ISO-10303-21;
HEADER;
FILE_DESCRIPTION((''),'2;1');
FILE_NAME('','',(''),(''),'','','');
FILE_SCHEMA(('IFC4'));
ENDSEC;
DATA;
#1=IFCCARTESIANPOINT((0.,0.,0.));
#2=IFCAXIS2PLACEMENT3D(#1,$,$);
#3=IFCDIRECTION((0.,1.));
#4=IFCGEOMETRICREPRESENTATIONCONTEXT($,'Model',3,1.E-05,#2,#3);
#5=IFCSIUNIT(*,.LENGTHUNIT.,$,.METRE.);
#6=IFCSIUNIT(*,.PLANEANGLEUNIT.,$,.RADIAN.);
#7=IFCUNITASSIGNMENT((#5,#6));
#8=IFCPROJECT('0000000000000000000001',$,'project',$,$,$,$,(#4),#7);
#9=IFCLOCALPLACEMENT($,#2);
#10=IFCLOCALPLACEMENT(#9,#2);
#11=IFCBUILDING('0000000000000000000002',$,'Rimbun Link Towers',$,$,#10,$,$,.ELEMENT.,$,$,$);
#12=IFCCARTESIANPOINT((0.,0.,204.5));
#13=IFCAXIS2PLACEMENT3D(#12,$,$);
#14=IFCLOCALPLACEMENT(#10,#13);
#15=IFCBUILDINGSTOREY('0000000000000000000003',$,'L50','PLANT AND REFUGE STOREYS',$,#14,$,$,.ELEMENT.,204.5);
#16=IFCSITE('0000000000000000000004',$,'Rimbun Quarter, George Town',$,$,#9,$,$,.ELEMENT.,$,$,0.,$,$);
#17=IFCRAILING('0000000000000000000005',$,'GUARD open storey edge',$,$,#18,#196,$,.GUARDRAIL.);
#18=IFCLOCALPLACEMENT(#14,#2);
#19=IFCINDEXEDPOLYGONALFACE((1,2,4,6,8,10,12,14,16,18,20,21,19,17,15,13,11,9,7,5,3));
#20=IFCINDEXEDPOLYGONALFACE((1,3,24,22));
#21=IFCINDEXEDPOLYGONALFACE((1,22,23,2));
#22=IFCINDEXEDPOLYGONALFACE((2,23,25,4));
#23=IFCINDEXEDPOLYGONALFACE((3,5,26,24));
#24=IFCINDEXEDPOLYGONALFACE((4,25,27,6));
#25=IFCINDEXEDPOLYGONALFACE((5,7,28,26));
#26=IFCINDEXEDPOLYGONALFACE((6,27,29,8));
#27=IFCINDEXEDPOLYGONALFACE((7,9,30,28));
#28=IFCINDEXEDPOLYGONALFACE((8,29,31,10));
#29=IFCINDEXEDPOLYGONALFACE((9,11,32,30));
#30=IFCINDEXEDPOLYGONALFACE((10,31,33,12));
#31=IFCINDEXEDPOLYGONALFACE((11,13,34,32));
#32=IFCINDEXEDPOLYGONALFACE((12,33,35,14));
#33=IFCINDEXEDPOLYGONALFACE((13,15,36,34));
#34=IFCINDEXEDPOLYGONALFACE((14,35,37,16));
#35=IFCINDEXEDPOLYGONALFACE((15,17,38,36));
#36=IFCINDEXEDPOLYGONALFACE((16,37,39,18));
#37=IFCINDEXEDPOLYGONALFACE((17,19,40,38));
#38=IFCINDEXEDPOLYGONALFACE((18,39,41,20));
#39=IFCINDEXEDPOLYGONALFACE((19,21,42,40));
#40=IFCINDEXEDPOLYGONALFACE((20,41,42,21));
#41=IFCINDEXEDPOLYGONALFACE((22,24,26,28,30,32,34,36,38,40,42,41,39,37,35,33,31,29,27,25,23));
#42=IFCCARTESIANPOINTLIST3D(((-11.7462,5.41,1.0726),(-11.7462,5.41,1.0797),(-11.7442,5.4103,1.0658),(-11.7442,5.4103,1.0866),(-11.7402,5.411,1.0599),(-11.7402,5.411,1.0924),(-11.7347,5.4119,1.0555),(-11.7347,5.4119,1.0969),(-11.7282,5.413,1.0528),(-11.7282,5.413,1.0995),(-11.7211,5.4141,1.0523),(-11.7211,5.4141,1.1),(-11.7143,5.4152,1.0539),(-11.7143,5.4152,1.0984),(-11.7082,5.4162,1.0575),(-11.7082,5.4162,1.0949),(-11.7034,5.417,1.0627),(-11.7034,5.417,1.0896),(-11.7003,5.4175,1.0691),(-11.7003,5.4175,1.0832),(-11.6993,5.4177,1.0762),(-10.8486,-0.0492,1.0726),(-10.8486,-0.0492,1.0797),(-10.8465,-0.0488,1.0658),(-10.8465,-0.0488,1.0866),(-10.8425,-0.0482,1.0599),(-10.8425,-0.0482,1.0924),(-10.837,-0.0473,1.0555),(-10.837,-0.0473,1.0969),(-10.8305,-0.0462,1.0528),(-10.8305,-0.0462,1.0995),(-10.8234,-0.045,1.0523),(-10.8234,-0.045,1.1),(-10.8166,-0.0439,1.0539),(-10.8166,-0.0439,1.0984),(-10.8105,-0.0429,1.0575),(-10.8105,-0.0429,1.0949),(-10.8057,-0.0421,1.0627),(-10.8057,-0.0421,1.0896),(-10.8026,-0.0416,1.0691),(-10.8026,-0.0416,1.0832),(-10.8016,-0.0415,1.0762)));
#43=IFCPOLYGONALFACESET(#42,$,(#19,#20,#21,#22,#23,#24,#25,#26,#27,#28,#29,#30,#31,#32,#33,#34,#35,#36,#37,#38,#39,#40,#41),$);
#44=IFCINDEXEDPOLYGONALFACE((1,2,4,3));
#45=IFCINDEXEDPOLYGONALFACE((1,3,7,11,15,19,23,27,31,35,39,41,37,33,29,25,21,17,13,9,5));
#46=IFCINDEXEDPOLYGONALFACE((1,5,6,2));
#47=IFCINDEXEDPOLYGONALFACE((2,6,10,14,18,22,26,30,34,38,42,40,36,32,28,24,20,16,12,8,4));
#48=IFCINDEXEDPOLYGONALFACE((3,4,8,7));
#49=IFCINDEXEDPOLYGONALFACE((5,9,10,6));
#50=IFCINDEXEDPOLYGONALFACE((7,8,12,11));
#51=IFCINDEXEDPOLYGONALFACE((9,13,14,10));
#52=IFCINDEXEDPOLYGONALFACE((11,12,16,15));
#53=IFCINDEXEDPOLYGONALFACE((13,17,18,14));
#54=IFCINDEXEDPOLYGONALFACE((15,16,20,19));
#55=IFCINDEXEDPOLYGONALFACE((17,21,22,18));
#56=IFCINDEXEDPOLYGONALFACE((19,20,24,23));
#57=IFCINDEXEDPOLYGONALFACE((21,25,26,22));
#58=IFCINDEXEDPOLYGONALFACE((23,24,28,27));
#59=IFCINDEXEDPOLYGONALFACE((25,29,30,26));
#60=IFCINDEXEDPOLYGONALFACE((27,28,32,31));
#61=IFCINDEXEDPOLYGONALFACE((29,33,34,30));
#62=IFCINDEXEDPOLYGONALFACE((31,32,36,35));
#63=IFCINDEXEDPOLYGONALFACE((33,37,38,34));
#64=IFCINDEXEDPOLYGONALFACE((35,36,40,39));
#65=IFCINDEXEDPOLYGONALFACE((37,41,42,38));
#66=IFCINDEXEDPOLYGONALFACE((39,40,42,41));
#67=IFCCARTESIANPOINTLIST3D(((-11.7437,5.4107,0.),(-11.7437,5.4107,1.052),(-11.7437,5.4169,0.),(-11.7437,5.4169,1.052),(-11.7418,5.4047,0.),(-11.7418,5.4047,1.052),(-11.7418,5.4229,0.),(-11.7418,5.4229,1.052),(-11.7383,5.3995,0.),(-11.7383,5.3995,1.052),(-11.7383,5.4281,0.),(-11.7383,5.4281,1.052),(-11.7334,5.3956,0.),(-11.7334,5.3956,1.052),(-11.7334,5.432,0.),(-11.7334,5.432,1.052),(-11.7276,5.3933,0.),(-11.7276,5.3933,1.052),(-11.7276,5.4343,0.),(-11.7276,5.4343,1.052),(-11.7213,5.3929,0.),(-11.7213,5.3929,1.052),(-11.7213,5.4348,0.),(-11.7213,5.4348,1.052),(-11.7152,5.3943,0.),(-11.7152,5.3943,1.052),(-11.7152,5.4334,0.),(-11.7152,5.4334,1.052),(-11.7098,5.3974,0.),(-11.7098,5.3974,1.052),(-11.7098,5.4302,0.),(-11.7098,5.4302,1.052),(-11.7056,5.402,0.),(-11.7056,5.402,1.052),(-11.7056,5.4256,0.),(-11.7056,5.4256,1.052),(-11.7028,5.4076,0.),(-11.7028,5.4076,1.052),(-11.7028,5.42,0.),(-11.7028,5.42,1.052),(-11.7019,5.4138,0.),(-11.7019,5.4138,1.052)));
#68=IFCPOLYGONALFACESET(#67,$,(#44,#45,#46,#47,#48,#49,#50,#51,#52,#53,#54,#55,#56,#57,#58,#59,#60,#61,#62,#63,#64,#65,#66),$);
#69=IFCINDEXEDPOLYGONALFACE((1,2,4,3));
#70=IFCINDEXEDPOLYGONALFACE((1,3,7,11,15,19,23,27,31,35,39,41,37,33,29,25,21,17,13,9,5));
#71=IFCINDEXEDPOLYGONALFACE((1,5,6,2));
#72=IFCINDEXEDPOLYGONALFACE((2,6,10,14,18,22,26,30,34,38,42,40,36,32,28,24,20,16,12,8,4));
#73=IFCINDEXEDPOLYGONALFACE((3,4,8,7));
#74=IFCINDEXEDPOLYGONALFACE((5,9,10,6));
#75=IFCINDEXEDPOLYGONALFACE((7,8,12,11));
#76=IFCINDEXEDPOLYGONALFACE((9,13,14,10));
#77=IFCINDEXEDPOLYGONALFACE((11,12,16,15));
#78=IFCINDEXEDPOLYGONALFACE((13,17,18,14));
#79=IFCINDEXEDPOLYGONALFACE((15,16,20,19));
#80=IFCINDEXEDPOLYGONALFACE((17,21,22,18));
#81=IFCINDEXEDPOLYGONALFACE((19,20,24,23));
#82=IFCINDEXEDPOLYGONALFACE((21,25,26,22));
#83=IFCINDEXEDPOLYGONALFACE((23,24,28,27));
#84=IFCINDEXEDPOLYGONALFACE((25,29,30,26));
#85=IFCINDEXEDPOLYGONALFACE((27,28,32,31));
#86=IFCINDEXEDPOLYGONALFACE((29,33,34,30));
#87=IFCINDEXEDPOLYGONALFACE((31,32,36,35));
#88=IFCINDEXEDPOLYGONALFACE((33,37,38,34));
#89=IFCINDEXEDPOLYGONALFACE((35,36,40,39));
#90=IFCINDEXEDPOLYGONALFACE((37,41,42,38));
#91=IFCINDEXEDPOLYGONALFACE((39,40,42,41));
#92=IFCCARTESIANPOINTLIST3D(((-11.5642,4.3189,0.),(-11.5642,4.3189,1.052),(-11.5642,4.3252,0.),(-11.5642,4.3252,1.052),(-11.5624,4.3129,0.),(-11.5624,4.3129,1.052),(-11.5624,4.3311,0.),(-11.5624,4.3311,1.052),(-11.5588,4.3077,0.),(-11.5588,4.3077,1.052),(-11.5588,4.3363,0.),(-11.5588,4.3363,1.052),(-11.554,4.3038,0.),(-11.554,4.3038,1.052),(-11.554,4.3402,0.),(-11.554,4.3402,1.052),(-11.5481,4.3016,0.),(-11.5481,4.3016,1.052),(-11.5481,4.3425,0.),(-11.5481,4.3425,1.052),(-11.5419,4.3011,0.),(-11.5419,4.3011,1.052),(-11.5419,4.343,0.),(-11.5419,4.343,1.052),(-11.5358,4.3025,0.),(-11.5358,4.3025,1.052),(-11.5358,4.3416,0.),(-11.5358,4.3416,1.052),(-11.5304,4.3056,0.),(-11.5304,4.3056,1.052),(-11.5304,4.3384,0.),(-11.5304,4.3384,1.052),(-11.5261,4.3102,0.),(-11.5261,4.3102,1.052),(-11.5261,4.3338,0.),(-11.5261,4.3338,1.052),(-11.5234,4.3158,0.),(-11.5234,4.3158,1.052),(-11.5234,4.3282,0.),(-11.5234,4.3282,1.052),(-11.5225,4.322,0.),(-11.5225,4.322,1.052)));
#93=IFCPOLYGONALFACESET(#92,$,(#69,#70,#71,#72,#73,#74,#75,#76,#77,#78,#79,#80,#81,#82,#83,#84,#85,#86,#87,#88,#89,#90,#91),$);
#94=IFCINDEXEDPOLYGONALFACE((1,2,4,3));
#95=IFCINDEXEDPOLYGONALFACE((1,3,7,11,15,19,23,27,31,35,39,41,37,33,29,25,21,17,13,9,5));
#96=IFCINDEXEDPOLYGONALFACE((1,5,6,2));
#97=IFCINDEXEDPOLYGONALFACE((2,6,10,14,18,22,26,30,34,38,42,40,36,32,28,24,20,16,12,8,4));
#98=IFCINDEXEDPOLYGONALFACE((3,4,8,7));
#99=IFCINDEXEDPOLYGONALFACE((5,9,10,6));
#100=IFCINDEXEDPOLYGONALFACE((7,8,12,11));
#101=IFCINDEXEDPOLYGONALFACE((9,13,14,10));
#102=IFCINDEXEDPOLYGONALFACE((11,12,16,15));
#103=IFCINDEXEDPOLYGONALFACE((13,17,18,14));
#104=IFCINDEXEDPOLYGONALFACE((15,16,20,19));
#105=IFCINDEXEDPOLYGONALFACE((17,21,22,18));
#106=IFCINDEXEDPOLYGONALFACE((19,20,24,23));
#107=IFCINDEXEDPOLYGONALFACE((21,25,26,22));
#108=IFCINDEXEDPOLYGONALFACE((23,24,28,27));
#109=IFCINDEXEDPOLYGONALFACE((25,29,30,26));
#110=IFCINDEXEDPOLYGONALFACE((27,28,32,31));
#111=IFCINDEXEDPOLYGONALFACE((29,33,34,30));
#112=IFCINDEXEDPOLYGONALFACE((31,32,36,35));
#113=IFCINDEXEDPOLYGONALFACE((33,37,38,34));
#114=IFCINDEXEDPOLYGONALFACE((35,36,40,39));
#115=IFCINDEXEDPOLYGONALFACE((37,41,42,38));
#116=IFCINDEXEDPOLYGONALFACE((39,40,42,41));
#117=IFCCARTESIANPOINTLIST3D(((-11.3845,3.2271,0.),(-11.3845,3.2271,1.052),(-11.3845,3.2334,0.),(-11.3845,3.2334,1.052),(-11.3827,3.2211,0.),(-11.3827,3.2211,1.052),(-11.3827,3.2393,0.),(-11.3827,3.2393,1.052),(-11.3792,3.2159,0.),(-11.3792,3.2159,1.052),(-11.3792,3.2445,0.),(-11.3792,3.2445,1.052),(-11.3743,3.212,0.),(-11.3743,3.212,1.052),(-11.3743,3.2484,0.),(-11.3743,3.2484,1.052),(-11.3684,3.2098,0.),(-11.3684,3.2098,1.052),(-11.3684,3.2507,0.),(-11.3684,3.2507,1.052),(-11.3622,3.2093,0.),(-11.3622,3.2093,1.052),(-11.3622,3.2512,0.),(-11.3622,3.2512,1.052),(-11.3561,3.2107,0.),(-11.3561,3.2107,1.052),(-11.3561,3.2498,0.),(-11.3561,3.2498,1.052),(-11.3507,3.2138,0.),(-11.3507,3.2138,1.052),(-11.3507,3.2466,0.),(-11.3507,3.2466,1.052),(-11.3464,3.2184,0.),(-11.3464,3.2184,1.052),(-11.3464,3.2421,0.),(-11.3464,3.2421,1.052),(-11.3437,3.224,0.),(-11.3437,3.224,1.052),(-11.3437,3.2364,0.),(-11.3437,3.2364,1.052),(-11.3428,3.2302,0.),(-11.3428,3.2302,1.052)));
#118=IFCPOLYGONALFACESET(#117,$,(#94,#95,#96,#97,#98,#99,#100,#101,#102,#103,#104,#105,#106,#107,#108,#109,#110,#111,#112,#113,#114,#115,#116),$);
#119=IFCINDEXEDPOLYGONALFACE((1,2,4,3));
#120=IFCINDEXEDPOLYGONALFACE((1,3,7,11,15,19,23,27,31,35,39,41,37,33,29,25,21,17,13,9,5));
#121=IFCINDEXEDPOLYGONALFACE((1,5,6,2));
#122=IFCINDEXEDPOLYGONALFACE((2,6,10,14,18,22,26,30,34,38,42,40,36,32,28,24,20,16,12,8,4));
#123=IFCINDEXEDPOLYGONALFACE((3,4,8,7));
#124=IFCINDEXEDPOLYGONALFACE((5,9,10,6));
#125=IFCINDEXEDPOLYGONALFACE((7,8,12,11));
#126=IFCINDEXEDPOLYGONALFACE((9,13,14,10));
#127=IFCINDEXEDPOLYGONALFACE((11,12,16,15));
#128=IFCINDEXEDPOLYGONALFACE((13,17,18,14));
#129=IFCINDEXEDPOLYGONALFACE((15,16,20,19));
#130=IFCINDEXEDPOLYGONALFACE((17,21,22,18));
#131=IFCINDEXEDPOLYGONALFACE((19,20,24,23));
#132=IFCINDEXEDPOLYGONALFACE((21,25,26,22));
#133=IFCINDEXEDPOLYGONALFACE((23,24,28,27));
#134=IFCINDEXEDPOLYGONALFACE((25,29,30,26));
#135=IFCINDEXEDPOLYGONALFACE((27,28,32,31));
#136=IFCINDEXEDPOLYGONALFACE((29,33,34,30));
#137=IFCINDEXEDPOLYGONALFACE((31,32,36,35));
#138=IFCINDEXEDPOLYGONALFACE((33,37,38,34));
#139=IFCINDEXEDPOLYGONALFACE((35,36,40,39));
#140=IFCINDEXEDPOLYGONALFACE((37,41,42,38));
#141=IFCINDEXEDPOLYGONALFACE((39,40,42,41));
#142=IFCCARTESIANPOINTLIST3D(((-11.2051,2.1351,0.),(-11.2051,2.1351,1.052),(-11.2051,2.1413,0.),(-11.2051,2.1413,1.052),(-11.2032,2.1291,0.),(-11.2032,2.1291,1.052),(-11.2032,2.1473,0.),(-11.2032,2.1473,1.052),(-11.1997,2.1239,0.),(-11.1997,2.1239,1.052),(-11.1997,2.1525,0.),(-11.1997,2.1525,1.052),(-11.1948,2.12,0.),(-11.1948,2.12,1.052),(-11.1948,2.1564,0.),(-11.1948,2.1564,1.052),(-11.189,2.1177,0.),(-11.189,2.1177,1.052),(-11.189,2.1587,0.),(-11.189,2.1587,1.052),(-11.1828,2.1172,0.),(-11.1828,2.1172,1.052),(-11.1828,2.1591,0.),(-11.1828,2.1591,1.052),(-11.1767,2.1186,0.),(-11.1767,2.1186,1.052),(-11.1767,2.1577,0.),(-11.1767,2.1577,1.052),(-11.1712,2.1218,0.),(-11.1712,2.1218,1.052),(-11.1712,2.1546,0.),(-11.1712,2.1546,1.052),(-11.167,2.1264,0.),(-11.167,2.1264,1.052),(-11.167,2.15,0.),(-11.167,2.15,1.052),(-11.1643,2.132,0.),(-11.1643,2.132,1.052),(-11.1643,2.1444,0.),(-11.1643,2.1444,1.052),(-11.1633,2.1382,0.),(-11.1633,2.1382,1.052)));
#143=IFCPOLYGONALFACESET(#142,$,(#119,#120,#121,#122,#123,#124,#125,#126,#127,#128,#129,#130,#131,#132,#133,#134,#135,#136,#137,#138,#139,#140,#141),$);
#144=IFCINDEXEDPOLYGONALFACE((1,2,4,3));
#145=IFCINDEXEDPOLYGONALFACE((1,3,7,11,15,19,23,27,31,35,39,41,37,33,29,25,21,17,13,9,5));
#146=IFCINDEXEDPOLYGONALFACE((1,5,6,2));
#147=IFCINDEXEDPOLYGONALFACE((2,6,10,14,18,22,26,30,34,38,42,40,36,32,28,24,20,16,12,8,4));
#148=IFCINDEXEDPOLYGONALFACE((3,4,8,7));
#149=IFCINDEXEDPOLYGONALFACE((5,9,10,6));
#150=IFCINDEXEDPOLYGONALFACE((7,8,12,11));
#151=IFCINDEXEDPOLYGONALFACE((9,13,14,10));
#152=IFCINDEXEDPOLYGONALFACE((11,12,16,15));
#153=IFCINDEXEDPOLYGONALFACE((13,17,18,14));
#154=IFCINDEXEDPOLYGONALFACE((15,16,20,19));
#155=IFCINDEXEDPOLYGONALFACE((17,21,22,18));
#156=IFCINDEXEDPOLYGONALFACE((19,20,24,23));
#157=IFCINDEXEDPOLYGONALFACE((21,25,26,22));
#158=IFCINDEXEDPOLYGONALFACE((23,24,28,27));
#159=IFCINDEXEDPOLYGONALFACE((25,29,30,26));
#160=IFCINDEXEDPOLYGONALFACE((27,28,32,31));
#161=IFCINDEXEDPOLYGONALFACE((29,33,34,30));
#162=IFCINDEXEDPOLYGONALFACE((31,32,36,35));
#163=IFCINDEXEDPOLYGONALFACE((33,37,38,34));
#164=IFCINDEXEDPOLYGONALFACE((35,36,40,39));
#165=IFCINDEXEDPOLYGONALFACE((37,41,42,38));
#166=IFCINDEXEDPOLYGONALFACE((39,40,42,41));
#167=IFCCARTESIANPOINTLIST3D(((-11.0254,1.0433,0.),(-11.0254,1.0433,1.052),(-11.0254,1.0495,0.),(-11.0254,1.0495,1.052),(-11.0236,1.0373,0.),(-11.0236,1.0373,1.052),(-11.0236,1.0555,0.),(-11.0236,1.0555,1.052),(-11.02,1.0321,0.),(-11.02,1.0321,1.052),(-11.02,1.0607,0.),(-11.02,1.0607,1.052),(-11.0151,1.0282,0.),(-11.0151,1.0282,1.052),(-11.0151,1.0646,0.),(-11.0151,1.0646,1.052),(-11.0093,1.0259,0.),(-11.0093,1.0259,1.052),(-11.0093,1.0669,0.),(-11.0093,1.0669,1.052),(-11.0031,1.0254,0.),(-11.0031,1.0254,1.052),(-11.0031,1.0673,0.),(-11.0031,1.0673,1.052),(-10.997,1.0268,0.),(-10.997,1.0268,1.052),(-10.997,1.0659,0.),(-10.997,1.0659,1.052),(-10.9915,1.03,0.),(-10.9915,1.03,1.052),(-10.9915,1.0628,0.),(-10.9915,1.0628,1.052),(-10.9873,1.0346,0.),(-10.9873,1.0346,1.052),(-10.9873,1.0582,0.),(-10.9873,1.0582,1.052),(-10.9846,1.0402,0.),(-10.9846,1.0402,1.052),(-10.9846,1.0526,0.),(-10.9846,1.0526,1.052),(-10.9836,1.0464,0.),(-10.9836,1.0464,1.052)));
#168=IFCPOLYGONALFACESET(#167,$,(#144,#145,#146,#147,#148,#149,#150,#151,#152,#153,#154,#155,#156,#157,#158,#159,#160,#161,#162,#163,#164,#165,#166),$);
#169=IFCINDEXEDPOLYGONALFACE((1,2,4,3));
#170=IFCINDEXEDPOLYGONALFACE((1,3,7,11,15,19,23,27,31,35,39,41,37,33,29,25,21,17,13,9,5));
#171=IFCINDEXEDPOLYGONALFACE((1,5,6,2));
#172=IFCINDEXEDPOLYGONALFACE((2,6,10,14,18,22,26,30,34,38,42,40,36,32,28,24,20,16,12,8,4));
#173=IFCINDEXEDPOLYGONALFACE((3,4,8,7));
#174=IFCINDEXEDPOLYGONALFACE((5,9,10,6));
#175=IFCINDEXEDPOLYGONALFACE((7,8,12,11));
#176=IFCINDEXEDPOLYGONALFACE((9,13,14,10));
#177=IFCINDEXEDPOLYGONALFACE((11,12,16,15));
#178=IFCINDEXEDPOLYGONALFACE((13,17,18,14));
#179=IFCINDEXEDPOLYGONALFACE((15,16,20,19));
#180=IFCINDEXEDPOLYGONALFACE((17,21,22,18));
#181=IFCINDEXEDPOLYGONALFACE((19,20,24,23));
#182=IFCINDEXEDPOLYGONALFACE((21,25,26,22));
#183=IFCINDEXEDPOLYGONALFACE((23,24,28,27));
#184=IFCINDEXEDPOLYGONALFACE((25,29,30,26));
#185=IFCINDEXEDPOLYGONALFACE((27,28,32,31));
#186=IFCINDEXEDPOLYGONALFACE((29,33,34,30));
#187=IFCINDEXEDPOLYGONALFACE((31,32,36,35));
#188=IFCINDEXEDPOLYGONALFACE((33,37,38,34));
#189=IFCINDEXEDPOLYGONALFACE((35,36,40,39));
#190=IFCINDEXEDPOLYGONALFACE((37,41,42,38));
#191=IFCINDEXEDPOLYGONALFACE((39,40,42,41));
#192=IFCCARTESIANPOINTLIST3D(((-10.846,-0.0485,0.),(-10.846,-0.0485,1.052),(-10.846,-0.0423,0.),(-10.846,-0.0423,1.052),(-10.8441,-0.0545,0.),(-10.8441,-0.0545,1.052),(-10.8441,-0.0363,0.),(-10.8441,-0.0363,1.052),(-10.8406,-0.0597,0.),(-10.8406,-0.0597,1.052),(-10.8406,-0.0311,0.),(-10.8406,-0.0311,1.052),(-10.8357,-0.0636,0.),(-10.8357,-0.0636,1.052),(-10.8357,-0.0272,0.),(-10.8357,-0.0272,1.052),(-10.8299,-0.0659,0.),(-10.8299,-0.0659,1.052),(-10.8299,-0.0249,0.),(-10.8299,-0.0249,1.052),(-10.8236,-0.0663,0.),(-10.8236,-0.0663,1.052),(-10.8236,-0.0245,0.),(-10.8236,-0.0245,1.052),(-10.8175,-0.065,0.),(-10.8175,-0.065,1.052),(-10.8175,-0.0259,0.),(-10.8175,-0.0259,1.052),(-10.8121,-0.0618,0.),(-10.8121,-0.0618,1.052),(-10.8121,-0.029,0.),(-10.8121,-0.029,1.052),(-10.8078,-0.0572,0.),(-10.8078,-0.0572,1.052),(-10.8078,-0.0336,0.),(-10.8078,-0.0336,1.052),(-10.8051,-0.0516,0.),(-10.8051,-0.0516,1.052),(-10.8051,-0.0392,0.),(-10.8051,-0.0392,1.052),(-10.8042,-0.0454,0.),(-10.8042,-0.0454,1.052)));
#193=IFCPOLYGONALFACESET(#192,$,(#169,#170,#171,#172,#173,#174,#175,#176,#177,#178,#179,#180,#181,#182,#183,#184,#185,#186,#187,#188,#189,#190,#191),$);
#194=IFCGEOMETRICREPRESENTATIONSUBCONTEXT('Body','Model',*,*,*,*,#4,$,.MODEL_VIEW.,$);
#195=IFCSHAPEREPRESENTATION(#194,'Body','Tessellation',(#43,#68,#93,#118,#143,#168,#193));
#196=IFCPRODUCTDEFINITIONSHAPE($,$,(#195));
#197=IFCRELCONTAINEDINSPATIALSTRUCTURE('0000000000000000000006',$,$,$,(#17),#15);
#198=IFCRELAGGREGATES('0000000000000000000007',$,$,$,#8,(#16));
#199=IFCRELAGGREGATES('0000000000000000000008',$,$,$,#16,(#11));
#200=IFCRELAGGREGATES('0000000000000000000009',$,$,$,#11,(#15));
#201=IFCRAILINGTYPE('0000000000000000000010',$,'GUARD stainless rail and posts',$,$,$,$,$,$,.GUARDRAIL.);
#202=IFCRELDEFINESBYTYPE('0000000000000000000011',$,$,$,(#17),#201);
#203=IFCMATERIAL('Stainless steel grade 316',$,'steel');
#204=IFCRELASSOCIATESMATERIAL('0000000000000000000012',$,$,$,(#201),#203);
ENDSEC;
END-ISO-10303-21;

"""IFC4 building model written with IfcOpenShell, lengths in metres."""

from ifc_helpers import new_model, si_unit, direction, frame, origin, origin_2d, place, context, subcontext, project, spatial, circle, extrude, material, type_object, element, save


model = new_model("IFC4")

# Units and contexts
model_context = context("Model", 3, precision=1e-05, world=origin(), true_north=direction((0.0, 1.0)))
body_context = subcontext(model_context, "Body", "Model", "MODEL_VIEW")
ifc_project = project(units=[si_unit("LENGTHUNIT", "METRE"), si_unit("PLANEANGLEUNIT", "RADIAN")], contexts=[model_context])

# Site, building, storey
site_placement = place(None, origin())
site = spatial("IfcSite", under=ifc_project, at=site_placement, Name="Rimbun Quarter, George Town", CompositionType="ELEMENT", RefElevation=0.0)
building_placement = place(site_placement, origin())
building = spatial("IfcBuilding", under=site, at=building_placement, Name="Rimbun Link Towers", CompositionType="ELEMENT")
storey_placement = place(building_placement, frame((0.0, 0.0, 204.5)))
storey = spatial("IfcBuildingStorey", under=building, at=storey_placement, Name="L50", Description="PLANT AND REFUGE STOREYS", CompositionType="ELEMENT", Elevation=204.5)

# Railing
ifc_material_1 = material(Name="Stainless steel grade 316", Category="steel")
railing_type = type_object("IfcRailingType", Name="GUARD stainless rail and posts", PredefinedType="GUARDRAIL", material=ifc_material_1)
railing_1_placement = place(storey_placement, frame((-11.7229, 5.4138, 0.0)))
element("IfcRailing", 1, at=railing_1_placement, inside=storey, type_object=railing_type, Name="GUARD open storey edge", PredefinedType="GUARDRAIL", context=body_context, shape_type="SweptSolid", body=[
    extrude(circle(Radius=0.0239, at=origin_2d()), frame((0.0, 0.0, 1.0762), z_axis=(0.162259, -0.986748, 0.0), x_axis=(0.986748, 0.162259, 0.0)), (0.0, 0.0, 1.0), 5.5325),
    extrude(circle(Radius=0.021, at=origin_2d()), origin(), (0.0, 0.0, 1.0), 1.052),
    extrude(circle(Radius=0.021, at=origin_2d()), frame((0.1794, -1.0918, 0.0)), (0.0, 0.0, 1.0), 1.052),
    extrude(circle(Radius=0.021, at=origin_2d()), frame((0.3591, -2.1836, 0.0)), (0.0, 0.0, 1.0), 1.052),
    extrude(circle(Radius=0.021, at=origin_2d()), frame((0.5386, -3.2756, 0.0)), (0.0, 0.0, 1.0), 1.052),
    extrude(circle(Radius=0.021, at=origin_2d()), frame((0.7183, -4.3674, 0.0)), (0.0, 0.0, 1.0), 1.052),
    extrude(circle(Radius=0.021, at=origin_2d()), frame((0.8977, -5.4592, 0.0)), (0.0, 0.0, 1.0), 1.052),
])

save(model, "model.ifc")
